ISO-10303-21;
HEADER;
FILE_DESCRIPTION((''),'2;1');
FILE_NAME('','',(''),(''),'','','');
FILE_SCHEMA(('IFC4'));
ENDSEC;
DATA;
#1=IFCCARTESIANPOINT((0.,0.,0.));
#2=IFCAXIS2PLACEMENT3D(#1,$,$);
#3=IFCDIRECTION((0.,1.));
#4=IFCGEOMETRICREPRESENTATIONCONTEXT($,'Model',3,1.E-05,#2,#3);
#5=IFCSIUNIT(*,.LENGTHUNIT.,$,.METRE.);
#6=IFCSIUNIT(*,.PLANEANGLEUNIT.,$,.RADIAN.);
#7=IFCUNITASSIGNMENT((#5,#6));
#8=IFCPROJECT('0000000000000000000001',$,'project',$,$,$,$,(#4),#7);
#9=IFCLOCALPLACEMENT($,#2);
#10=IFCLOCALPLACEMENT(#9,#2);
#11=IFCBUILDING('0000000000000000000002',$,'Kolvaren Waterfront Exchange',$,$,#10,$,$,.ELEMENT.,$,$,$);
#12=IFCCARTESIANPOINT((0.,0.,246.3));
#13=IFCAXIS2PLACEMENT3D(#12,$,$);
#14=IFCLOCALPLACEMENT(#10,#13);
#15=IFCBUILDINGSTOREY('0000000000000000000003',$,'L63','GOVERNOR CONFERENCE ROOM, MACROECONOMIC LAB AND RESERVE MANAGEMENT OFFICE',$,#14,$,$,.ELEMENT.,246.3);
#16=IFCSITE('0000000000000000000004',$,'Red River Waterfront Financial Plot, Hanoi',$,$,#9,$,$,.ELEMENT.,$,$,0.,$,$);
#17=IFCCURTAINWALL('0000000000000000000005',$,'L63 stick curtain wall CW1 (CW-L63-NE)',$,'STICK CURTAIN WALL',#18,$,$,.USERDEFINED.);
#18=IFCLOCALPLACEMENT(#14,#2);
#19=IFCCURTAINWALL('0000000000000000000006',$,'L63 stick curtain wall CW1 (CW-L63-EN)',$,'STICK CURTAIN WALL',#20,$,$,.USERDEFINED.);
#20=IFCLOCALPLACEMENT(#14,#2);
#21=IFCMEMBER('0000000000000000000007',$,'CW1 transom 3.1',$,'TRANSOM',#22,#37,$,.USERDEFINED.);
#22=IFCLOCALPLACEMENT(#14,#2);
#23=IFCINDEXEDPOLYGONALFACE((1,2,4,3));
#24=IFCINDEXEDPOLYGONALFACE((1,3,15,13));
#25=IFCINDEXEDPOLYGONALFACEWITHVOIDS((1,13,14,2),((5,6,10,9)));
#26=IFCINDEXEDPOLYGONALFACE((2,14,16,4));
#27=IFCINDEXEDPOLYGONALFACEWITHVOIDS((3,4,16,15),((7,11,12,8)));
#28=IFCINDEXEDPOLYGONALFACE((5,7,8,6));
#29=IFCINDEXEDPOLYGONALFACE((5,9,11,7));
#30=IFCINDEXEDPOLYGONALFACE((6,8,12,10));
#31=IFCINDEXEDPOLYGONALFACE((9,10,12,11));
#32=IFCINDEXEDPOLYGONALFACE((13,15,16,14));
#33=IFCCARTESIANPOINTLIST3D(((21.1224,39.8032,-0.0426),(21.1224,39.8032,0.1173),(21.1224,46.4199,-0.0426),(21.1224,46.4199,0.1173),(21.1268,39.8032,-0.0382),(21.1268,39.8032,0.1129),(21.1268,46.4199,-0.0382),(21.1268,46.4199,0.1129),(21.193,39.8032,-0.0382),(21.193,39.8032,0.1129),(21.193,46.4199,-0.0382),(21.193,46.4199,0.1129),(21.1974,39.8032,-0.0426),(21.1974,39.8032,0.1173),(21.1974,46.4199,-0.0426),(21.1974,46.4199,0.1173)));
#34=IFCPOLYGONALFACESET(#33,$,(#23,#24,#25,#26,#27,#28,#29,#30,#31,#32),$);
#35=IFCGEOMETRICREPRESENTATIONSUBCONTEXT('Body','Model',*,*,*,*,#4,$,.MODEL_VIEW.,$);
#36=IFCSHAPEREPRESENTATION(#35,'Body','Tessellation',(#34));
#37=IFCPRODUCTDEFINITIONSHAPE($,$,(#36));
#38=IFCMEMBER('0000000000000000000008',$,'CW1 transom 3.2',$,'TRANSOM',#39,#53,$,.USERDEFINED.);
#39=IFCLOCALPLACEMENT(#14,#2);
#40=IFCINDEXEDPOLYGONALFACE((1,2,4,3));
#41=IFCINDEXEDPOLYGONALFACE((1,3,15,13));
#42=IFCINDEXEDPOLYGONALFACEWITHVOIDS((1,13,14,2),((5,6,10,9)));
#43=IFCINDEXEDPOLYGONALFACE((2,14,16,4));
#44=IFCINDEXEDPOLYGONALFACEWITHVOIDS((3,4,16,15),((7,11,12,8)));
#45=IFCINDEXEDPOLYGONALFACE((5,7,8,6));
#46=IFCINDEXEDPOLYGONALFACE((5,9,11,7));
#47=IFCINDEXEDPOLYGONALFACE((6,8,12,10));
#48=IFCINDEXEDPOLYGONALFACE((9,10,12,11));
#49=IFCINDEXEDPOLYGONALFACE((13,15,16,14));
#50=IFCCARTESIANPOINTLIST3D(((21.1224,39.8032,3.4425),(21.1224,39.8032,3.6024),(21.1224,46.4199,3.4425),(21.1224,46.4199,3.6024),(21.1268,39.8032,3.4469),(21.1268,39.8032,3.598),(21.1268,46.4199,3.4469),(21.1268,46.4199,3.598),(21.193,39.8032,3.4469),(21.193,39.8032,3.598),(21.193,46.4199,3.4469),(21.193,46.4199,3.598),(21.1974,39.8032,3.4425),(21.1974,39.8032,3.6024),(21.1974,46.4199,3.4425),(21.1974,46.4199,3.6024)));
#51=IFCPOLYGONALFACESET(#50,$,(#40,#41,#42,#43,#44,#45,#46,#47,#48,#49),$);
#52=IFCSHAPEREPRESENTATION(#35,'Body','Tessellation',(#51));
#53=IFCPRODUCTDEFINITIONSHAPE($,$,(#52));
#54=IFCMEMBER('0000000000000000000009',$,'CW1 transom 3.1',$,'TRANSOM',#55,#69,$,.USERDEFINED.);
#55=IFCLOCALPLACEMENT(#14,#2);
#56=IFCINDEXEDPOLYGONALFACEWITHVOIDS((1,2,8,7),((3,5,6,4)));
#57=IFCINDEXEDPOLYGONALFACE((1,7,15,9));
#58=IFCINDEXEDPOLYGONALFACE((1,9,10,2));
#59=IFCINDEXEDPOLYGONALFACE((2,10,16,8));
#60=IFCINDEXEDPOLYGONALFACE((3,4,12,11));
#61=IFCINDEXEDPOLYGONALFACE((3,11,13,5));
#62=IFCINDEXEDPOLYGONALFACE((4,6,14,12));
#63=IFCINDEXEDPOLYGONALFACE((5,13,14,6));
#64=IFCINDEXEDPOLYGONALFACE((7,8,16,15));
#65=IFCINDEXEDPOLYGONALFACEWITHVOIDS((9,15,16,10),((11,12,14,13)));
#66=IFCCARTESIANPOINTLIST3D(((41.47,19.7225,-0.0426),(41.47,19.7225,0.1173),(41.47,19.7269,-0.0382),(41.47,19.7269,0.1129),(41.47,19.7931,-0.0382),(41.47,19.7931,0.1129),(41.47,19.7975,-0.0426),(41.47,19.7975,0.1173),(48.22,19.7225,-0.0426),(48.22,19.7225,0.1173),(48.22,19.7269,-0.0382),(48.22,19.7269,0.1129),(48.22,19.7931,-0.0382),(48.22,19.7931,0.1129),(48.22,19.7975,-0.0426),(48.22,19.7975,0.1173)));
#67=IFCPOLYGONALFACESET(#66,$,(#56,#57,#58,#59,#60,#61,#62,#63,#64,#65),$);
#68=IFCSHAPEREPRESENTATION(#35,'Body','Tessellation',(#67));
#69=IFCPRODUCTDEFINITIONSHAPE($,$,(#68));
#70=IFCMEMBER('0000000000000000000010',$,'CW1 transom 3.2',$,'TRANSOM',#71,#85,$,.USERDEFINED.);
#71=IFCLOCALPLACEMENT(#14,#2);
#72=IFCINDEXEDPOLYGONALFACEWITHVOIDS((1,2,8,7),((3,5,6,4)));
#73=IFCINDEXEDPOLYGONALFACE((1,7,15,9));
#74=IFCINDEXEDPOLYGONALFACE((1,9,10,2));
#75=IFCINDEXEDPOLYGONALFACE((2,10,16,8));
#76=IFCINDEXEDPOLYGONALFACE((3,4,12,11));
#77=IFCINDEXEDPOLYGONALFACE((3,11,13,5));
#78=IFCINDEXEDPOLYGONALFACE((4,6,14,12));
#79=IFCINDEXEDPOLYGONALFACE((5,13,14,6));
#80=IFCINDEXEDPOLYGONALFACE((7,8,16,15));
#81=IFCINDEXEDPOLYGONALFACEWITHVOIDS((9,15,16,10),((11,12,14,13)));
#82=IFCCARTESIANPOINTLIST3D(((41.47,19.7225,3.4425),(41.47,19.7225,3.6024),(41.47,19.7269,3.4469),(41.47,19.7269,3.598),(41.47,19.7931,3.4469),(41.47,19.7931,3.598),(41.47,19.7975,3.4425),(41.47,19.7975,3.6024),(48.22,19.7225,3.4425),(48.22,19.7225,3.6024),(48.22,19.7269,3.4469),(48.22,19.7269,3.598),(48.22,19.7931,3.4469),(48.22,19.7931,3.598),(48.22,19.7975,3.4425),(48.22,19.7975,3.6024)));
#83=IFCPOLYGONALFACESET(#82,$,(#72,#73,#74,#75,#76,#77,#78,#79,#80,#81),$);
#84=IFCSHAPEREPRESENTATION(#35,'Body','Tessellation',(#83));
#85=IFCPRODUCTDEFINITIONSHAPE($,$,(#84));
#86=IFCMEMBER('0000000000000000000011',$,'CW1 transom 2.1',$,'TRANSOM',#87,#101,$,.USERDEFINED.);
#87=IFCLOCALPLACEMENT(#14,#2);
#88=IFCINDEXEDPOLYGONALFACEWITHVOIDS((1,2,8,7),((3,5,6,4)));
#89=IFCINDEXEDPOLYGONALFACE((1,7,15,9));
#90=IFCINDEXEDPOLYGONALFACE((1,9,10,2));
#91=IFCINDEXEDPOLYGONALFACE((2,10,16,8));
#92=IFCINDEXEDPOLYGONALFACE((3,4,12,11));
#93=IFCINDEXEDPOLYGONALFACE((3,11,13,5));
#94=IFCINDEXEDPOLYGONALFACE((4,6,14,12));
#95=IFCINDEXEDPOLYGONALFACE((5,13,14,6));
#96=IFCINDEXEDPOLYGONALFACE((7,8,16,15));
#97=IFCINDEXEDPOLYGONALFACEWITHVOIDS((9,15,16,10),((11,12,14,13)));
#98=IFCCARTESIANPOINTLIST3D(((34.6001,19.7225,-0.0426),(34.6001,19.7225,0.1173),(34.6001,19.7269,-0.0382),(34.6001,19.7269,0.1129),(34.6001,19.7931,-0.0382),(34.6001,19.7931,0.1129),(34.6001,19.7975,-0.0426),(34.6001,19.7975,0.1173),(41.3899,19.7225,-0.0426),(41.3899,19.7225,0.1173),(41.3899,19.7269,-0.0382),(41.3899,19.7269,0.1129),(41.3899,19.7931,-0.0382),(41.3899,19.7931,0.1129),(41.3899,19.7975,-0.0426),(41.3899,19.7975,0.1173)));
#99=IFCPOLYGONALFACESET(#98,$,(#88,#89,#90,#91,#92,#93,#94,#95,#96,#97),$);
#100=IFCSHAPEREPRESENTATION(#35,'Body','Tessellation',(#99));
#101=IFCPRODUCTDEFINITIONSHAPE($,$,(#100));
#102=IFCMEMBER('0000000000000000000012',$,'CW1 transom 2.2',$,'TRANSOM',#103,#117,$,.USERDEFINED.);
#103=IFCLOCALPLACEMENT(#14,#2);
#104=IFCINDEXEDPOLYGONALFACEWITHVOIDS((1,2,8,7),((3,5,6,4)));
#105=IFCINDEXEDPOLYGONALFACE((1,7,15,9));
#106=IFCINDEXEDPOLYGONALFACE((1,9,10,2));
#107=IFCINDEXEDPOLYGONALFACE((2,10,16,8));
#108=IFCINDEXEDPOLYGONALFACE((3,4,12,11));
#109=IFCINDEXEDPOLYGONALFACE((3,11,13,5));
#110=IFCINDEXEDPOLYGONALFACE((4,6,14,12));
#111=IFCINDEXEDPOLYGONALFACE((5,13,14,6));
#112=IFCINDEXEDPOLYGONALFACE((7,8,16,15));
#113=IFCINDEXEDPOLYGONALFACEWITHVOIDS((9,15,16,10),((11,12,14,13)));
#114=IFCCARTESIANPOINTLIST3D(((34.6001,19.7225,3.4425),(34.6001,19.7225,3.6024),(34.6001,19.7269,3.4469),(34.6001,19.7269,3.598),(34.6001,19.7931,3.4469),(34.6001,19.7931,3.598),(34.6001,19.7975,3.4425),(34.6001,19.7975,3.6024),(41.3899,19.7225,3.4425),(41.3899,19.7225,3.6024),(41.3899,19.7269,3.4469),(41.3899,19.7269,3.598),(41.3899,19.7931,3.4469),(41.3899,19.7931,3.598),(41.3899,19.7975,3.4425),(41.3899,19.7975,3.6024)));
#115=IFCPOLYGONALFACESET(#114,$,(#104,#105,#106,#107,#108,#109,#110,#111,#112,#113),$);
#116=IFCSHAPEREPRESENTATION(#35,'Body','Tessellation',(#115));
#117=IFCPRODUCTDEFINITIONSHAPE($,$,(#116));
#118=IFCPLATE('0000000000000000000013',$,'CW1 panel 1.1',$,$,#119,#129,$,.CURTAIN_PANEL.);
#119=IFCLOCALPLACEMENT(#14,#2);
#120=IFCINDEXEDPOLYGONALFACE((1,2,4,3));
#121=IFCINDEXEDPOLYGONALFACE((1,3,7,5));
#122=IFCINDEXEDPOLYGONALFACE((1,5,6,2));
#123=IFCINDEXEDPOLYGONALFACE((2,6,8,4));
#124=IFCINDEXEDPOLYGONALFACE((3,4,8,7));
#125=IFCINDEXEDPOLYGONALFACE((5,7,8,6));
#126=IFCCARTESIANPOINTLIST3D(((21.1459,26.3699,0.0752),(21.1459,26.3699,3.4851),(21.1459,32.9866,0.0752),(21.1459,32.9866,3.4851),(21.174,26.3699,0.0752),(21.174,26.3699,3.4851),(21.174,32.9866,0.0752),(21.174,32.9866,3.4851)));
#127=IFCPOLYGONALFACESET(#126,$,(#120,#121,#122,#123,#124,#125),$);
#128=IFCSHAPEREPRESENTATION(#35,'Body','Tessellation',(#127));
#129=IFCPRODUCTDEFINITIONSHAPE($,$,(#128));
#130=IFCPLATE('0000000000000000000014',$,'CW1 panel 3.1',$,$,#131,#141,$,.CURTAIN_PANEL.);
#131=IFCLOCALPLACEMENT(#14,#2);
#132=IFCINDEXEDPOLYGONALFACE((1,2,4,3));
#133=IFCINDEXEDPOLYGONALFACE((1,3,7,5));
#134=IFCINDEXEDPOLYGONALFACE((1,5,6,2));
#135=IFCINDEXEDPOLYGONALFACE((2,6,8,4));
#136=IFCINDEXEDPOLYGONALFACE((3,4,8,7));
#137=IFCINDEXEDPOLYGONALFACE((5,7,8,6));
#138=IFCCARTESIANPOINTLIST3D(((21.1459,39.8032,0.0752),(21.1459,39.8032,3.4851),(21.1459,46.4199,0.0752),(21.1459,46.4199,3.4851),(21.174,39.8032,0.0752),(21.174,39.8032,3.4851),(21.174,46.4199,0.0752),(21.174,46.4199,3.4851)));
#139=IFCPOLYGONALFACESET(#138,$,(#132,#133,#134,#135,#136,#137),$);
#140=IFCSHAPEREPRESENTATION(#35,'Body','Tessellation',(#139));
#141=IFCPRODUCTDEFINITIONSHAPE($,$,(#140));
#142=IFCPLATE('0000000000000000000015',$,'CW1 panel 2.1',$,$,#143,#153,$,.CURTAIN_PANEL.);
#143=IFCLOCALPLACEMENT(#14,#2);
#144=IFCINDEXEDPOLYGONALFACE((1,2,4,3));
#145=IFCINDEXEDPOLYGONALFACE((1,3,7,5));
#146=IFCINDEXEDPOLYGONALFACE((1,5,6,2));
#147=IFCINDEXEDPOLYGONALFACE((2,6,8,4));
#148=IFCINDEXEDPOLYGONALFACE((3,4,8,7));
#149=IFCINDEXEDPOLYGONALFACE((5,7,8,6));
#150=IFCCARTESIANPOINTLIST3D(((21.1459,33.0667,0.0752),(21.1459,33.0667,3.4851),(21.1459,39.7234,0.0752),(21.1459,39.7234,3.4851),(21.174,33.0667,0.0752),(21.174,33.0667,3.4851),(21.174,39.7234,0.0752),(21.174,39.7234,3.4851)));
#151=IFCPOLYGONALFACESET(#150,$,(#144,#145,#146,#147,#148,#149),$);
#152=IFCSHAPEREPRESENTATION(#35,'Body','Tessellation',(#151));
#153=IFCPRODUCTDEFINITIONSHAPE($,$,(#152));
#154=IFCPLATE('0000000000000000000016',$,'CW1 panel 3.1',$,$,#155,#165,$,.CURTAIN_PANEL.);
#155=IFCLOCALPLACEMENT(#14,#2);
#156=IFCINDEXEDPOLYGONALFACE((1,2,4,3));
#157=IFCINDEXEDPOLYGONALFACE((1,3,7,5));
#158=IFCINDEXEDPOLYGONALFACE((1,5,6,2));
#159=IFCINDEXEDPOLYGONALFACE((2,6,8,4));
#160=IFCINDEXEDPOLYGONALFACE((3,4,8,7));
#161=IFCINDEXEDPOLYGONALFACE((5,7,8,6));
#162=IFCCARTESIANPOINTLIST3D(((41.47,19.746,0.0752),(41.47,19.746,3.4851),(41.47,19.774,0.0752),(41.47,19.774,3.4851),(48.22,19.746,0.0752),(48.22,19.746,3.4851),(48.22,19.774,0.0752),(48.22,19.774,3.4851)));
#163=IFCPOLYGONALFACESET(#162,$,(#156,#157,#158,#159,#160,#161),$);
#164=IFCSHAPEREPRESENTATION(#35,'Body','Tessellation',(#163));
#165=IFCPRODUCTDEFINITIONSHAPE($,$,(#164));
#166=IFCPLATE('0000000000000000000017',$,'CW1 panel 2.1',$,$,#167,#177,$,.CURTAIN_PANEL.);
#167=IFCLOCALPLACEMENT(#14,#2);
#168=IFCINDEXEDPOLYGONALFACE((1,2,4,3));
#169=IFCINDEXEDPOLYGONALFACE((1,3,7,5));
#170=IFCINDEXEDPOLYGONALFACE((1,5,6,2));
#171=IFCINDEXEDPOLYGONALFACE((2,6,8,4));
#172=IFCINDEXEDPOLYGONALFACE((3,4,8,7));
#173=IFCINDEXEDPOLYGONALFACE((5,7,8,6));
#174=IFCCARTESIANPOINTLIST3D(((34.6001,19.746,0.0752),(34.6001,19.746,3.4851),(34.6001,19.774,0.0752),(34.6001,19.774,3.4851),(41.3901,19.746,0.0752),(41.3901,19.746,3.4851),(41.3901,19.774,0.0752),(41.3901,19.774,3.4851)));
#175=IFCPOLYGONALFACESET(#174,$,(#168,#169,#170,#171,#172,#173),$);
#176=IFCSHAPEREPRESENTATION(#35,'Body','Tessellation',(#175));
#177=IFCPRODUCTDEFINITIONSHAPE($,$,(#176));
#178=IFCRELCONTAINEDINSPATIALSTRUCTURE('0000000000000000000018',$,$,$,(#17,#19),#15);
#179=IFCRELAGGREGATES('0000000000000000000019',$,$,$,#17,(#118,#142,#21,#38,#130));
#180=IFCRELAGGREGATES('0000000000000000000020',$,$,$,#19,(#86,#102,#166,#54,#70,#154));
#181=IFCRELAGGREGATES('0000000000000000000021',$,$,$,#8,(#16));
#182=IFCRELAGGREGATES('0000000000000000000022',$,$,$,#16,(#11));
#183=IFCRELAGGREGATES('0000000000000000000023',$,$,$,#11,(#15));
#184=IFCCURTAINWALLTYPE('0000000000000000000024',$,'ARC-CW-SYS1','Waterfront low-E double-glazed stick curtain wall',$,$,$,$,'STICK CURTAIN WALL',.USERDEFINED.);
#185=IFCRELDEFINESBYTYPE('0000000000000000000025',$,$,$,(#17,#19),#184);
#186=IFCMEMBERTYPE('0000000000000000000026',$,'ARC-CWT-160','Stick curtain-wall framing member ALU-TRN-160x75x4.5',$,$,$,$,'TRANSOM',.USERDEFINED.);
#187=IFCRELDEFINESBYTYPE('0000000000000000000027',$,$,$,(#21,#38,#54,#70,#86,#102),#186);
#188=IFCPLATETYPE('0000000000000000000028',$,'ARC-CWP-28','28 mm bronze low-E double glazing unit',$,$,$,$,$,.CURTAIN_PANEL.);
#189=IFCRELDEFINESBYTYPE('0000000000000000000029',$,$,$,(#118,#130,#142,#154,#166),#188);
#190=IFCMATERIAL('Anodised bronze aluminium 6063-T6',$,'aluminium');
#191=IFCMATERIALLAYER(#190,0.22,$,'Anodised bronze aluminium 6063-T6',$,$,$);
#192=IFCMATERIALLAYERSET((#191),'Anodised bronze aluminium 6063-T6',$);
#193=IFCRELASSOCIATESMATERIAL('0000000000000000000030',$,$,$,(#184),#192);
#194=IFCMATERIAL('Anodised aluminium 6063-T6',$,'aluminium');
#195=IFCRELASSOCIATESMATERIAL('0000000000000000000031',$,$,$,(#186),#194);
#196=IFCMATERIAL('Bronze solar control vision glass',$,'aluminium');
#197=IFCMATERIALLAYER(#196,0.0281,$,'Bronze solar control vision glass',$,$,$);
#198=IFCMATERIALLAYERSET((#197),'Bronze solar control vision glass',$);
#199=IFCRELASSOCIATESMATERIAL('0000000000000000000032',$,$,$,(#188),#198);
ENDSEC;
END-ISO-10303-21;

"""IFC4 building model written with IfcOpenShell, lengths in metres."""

from ifc_helpers import new_model, si_unit, direction, frame, origin, origin_with_axes, origin_2d, place, context, subcontext, project, spatial, rectangle, hollow_rectangle, extrude, source, transform, mapped, material, layer, layer_set, material_profile, profile_set, type_object, element, aggregate, save


model = new_model("IFC4")

# Units and contexts
model_context = context("Model", 3, precision=1e-05, world=origin(), true_north=direction((0.0, 1.0)))
body_context = subcontext(model_context, "Body", "Model", "MODEL_VIEW")
ifc_project = project(units=[si_unit("LENGTHUNIT", "METRE"), si_unit("PLANEANGLEUNIT", "RADIAN")], contexts=[model_context])

# Site, building, storey
site_placement = place(None, origin())
site = spatial("IfcSite", under=ifc_project, at=site_placement, Name="Red River Waterfront Financial Plot, Hanoi", CompositionType="ELEMENT", RefElevation=0.0)
building_placement = place(site_placement, origin())
building = spatial("IfcBuilding", under=site, at=building_placement, Name="Kolvaren Waterfront Exchange", CompositionType="ELEMENT")
storey_placement = place(building_placement, frame((0.0, 0.0, 246.3)))
storey = spatial("IfcBuildingStorey", under=building, at=storey_placement, Name="L63", Description="GOVERNOR CONFERENCE ROOM, MACROECONOMIC LAB AND RESERVE MANAGEMENT OFFICE", CompositionType="ELEMENT", Elevation=246.3)

# Curtain walls
ifc_material_1 = material(Name="Anodised bronze aluminium 6063-T6", Category="aluminium")
ifc_layer_1 = layer(ifc_material_1, 0.22, Name="Anodised bronze aluminium 6063-T6")
ifc_layer_set_1 = layer_set([ifc_layer_1], Name="Anodised bronze aluminium 6063-T6")
curtain_wall_type = type_object("IfcCurtainWallType", Name="ARC-CW-SYS1", Description="Waterfront low-E double-glazed stick curtain wall", ElementType="STICK CURTAIN WALL", PredefinedType="USERDEFINED", material=ifc_layer_set_1)
curtain_wall_1_placement = place(storey_placement, origin())
curtain_wall_1 = element("IfcCurtainWall", 1, at=curtain_wall_1_placement, inside=storey, type_object=curtain_wall_type, Name="L63 stick curtain wall CW1 (CW-L63-NE)", ObjectType="STICK CURTAIN WALL", PredefinedType="USERDEFINED")
ifc_material_2 = material(Name="Anodised aluminium 6063-T6", Category="aluminium")
curtain_wall_2_placement = place(storey_placement, origin())
curtain_wall_2 = element("IfcCurtainWall", 2, at=curtain_wall_2_placement, inside=storey, type_object=curtain_wall_type, Name="L63 stick curtain wall CW1 (CW-L63-EN)", ObjectType="STICK CURTAIN WALL", PredefinedType="USERDEFINED")

# Members
ifc_material_profile_1 = material_profile(ifc_material_2, hollow_rectangle(XDim=0.075, YDim=0.1599, WallThickness=0.0044, at=origin_2d()), Name="ALU-TRN-160x75x4.5")
ifc_profile_set_1 = profile_set([ifc_material_profile_1], Name="Anodised aluminium 6063-T6")
member_type_1 = type_object("IfcMemberType", Name="ARC-CWT-160", Description="Stick curtain-wall framing member ALU-TRN-160x75x4.5", ElementType="TRANSOM", PredefinedType="USERDEFINED", material=ifc_profile_set_1)
shared_shape_1 = source(origin_with_axes(), body_context, "Body", "SweptSolid", [
    extrude(hollow_rectangle(XDim=0.075, YDim=0.1599, WallThickness=0.0044, at=origin_2d()), origin(), (0.0, 0.0, 1.0), 6.6167),
])
member_1_placement = place(storey_placement, frame((21.1599, 39.8032, 0.0374), z_axis=(0.0, 1.0, 0.0), x_axis=(-1.0, 0.0, 0.0)))
member_1 = element("IfcMember", 3, at=member_1_placement, type_object=member_type_1, Name="CW1 transom 3.1", ObjectType="TRANSOM", PredefinedType="USERDEFINED", context=body_context, shape_type="MappedRepresentation", body=[
    mapped(shared_shape_1, transform((0.0, 0.0, 0.0), x_axis=(1.0, 0.0, 0.0), y_axis=(0.0, 1.0, 0.0), z_axis=(0.0, 0.0, 1.0), scale=1.0)),
])
member_2_placement = place(storey_placement, frame((21.1599, 39.8032, 3.5225), z_axis=(0.0, 1.0, 0.0), x_axis=(-1.0, 0.0, 0.0)))
member_2 = element("IfcMember", 4, at=member_2_placement, type_object=member_type_1, Name="CW1 transom 3.2", ObjectType="TRANSOM", PredefinedType="USERDEFINED", context=body_context, shape_type="MappedRepresentation", body=[
    mapped(shared_shape_1, transform((0.0, 0.0, 0.0), x_axis=(1.0, 0.0, 0.0), y_axis=(0.0, 1.0, 0.0), z_axis=(0.0, 0.0, 1.0), scale=1.0)),
])
shared_shape_2 = source(origin_with_axes(), body_context, "Body", "SweptSolid", [
    extrude(hollow_rectangle(XDim=0.075, YDim=0.1599, WallThickness=0.0044, at=origin_2d()), origin(), (0.0, 0.0, 1.0), 6.75),
])
member_3_placement = place(storey_placement, frame((41.47, 19.76, 0.0374), z_axis=(1.0, 0.0, 0.0), x_axis=(0.0, 1.0, 0.0)))
member_3 = element("IfcMember", 5, at=member_3_placement, type_object=member_type_1, Name="CW1 transom 3.1", ObjectType="TRANSOM", PredefinedType="USERDEFINED", context=body_context, shape_type="MappedRepresentation", body=[
    mapped(shared_shape_2, transform((0.0, 0.0, 0.0), x_axis=(1.0, 0.0, 0.0), y_axis=(0.0, 1.0, 0.0), z_axis=(0.0, 0.0, 1.0), scale=1.0)),
])
member_4_placement = place(storey_placement, frame((41.47, 19.76, 3.5225), z_axis=(1.0, 0.0, 0.0), x_axis=(0.0, 1.0, 0.0)))
member_4 = element("IfcMember", 6, at=member_4_placement, type_object=member_type_1, Name="CW1 transom 3.2", ObjectType="TRANSOM", PredefinedType="USERDEFINED", context=body_context, shape_type="MappedRepresentation", body=[
    mapped(shared_shape_2, transform((0.0, 0.0, 0.0), x_axis=(1.0, 0.0, 0.0), y_axis=(0.0, 1.0, 0.0), z_axis=(0.0, 0.0, 1.0), scale=1.0)),
])
shared_shape_3 = source(origin_with_axes(), body_context, "Body", "SweptSolid", [
    extrude(hollow_rectangle(XDim=0.075, YDim=0.1599, WallThickness=0.0044, at=origin_2d()), origin(), (0.0, 0.0, 1.0), 6.7898),
])
member_5_placement = place(storey_placement, frame((34.6001, 19.76, 0.0374), z_axis=(1.0, 0.0, 0.0), x_axis=(0.0, 1.0, 0.0)))
member_5 = element("IfcMember", 7, at=member_5_placement, type_object=member_type_1, Name="CW1 transom 2.1", ObjectType="TRANSOM", PredefinedType="USERDEFINED", context=body_context, shape_type="MappedRepresentation", body=[
    mapped(shared_shape_3, transform((0.0, 0.0, 0.0), x_axis=(1.0, 0.0, 0.0), y_axis=(0.0, 1.0, 0.0), z_axis=(0.0, 0.0, 1.0), scale=1.0)),
])
member_6_placement = place(storey_placement, frame((34.6001, 19.76, 3.5225), z_axis=(1.0, 0.0, 0.0), x_axis=(0.0, 1.0, 0.0)))
member_6 = element("IfcMember", 8, at=member_6_placement, type_object=member_type_1, Name="CW1 transom 2.2", ObjectType="TRANSOM", PredefinedType="USERDEFINED", context=body_context, shape_type="MappedRepresentation", body=[
    mapped(shared_shape_3, transform((0.0, 0.0, 0.0), x_axis=(1.0, 0.0, 0.0), y_axis=(0.0, 1.0, 0.0), z_axis=(0.0, 0.0, 1.0), scale=1.0)),
])

# Plates
ifc_material_3 = material(Name="Bronze solar control vision glass", Category="aluminium")
ifc_layer_2 = layer(ifc_material_3, 0.0281, Name="Bronze solar control vision glass")
ifc_layer_set_2 = layer_set([ifc_layer_2], Name="Bronze solar control vision glass")
plate_type = type_object("IfcPlateType", Name="ARC-CWP-28", Description="28 mm bronze low-E double glazing unit", PredefinedType="CURTAIN_PANEL", material=ifc_layer_set_2)
shared_shape_4 = source(origin_with_axes(), body_context, "Body", "SweptSolid", [
    extrude(rectangle(XDim=6.6167, YDim=0.0281, at=origin_2d()), origin(), (0.0, 0.0, 1.0), 3.4099),
])
plate_1_placement = place(storey_placement, frame((21.1599, 29.6782, 0.0752), z_axis=(0.0, 0.0, 1.0), x_axis=(0.0, 1.0, 0.0)))
plate_1 = element("IfcPlate", 9, at=plate_1_placement, type_object=plate_type, Name="CW1 panel 1.1", PredefinedType="CURTAIN_PANEL", context=body_context, shape_type="MappedRepresentation", body=[
    mapped(shared_shape_4, transform((0.0, 0.0, 0.0), x_axis=(1.0, 0.0, 0.0), y_axis=(0.0, 1.0, 0.0), z_axis=(0.0, 0.0, 1.0), scale=1.0)),
])
plate_2_placement = place(storey_placement, frame((21.1599, 43.1116, 0.0752), z_axis=(0.0, 0.0, 1.0), x_axis=(0.0, 1.0, 0.0)))
plate_2 = element("IfcPlate", 10, at=plate_2_placement, type_object=plate_type, Name="CW1 panel 3.1", PredefinedType="CURTAIN_PANEL", context=body_context, shape_type="MappedRepresentation", body=[
    mapped(shared_shape_4, transform((0.0, 0.0, 0.0), x_axis=(1.0, 0.0, 0.0), y_axis=(0.0, 1.0, 0.0), z_axis=(0.0, 0.0, 1.0), scale=1.0)),
])
shared_shape_5 = source(origin_with_axes(), body_context, "Body", "SweptSolid", [
    extrude(rectangle(XDim=6.6567, YDim=0.0281, at=origin_2d()), origin(), (0.0, 0.0, 1.0), 3.4099),
])
plate_3_placement = place(storey_placement, frame((21.1599, 36.395, 0.0752), z_axis=(0.0, 0.0, 1.0), x_axis=(0.0, 1.0, 0.0)))
plate_3 = element("IfcPlate", 11, at=plate_3_placement, type_object=plate_type, Name="CW1 panel 2.1", PredefinedType="CURTAIN_PANEL", context=body_context, shape_type="MappedRepresentation", body=[
    mapped(shared_shape_5, transform((0.0, 0.0, 0.0), x_axis=(1.0, 0.0, 0.0), y_axis=(0.0, 1.0, 0.0), z_axis=(0.0, 0.0, 1.0), scale=1.0)),
])
aggregate(curtain_wall_1, [plate_1, plate_3, member_1, member_2, plate_2])
shared_shape_6 = source(origin_with_axes(), body_context, "Body", "SweptSolid", [
    extrude(rectangle(XDim=6.75, YDim=0.0281, at=origin_2d()), origin(), (0.0, 0.0, 1.0), 3.4099),
])
plate_4_placement = place(storey_placement, frame((44.845, 19.76, 0.0752), z_axis=(0.0, 0.0, 1.0), x_axis=(1.0, 0.0, 0.0)))
plate_4 = element("IfcPlate", 12, at=plate_4_placement, type_object=plate_type, Name="CW1 panel 3.1", PredefinedType="CURTAIN_PANEL", context=body_context, shape_type="MappedRepresentation", body=[
    mapped(shared_shape_6, transform((0.0, 0.0, 0.0), x_axis=(1.0, 0.0, 0.0), y_axis=(0.0, 1.0, 0.0), z_axis=(0.0, 0.0, 1.0), scale=1.0)),
])
shared_shape_7 = source(origin_with_axes(), body_context, "Body", "SweptSolid", [
    extrude(rectangle(XDim=6.79, YDim=0.0281, at=origin_2d()), origin(), (0.0, 0.0, 1.0), 3.4099),
])
plate_5_placement = place(storey_placement, frame((37.9951, 19.76, 0.0752), z_axis=(0.0, 0.0, 1.0), x_axis=(1.0, 0.0, 0.0)))
plate_5 = element("IfcPlate", 13, at=plate_5_placement, type_object=plate_type, Name="CW1 panel 2.1", PredefinedType="CURTAIN_PANEL", context=body_context, shape_type="MappedRepresentation", body=[
    mapped(shared_shape_7, transform((0.0, 0.0, 0.0), x_axis=(1.0, 0.0, 0.0), y_axis=(0.0, 1.0, 0.0), z_axis=(0.0, 0.0, 1.0), scale=1.0)),
])
aggregate(curtain_wall_2, [member_5, member_6, plate_5, member_3, member_4, plate_4])

save(model, "model.ifc")
